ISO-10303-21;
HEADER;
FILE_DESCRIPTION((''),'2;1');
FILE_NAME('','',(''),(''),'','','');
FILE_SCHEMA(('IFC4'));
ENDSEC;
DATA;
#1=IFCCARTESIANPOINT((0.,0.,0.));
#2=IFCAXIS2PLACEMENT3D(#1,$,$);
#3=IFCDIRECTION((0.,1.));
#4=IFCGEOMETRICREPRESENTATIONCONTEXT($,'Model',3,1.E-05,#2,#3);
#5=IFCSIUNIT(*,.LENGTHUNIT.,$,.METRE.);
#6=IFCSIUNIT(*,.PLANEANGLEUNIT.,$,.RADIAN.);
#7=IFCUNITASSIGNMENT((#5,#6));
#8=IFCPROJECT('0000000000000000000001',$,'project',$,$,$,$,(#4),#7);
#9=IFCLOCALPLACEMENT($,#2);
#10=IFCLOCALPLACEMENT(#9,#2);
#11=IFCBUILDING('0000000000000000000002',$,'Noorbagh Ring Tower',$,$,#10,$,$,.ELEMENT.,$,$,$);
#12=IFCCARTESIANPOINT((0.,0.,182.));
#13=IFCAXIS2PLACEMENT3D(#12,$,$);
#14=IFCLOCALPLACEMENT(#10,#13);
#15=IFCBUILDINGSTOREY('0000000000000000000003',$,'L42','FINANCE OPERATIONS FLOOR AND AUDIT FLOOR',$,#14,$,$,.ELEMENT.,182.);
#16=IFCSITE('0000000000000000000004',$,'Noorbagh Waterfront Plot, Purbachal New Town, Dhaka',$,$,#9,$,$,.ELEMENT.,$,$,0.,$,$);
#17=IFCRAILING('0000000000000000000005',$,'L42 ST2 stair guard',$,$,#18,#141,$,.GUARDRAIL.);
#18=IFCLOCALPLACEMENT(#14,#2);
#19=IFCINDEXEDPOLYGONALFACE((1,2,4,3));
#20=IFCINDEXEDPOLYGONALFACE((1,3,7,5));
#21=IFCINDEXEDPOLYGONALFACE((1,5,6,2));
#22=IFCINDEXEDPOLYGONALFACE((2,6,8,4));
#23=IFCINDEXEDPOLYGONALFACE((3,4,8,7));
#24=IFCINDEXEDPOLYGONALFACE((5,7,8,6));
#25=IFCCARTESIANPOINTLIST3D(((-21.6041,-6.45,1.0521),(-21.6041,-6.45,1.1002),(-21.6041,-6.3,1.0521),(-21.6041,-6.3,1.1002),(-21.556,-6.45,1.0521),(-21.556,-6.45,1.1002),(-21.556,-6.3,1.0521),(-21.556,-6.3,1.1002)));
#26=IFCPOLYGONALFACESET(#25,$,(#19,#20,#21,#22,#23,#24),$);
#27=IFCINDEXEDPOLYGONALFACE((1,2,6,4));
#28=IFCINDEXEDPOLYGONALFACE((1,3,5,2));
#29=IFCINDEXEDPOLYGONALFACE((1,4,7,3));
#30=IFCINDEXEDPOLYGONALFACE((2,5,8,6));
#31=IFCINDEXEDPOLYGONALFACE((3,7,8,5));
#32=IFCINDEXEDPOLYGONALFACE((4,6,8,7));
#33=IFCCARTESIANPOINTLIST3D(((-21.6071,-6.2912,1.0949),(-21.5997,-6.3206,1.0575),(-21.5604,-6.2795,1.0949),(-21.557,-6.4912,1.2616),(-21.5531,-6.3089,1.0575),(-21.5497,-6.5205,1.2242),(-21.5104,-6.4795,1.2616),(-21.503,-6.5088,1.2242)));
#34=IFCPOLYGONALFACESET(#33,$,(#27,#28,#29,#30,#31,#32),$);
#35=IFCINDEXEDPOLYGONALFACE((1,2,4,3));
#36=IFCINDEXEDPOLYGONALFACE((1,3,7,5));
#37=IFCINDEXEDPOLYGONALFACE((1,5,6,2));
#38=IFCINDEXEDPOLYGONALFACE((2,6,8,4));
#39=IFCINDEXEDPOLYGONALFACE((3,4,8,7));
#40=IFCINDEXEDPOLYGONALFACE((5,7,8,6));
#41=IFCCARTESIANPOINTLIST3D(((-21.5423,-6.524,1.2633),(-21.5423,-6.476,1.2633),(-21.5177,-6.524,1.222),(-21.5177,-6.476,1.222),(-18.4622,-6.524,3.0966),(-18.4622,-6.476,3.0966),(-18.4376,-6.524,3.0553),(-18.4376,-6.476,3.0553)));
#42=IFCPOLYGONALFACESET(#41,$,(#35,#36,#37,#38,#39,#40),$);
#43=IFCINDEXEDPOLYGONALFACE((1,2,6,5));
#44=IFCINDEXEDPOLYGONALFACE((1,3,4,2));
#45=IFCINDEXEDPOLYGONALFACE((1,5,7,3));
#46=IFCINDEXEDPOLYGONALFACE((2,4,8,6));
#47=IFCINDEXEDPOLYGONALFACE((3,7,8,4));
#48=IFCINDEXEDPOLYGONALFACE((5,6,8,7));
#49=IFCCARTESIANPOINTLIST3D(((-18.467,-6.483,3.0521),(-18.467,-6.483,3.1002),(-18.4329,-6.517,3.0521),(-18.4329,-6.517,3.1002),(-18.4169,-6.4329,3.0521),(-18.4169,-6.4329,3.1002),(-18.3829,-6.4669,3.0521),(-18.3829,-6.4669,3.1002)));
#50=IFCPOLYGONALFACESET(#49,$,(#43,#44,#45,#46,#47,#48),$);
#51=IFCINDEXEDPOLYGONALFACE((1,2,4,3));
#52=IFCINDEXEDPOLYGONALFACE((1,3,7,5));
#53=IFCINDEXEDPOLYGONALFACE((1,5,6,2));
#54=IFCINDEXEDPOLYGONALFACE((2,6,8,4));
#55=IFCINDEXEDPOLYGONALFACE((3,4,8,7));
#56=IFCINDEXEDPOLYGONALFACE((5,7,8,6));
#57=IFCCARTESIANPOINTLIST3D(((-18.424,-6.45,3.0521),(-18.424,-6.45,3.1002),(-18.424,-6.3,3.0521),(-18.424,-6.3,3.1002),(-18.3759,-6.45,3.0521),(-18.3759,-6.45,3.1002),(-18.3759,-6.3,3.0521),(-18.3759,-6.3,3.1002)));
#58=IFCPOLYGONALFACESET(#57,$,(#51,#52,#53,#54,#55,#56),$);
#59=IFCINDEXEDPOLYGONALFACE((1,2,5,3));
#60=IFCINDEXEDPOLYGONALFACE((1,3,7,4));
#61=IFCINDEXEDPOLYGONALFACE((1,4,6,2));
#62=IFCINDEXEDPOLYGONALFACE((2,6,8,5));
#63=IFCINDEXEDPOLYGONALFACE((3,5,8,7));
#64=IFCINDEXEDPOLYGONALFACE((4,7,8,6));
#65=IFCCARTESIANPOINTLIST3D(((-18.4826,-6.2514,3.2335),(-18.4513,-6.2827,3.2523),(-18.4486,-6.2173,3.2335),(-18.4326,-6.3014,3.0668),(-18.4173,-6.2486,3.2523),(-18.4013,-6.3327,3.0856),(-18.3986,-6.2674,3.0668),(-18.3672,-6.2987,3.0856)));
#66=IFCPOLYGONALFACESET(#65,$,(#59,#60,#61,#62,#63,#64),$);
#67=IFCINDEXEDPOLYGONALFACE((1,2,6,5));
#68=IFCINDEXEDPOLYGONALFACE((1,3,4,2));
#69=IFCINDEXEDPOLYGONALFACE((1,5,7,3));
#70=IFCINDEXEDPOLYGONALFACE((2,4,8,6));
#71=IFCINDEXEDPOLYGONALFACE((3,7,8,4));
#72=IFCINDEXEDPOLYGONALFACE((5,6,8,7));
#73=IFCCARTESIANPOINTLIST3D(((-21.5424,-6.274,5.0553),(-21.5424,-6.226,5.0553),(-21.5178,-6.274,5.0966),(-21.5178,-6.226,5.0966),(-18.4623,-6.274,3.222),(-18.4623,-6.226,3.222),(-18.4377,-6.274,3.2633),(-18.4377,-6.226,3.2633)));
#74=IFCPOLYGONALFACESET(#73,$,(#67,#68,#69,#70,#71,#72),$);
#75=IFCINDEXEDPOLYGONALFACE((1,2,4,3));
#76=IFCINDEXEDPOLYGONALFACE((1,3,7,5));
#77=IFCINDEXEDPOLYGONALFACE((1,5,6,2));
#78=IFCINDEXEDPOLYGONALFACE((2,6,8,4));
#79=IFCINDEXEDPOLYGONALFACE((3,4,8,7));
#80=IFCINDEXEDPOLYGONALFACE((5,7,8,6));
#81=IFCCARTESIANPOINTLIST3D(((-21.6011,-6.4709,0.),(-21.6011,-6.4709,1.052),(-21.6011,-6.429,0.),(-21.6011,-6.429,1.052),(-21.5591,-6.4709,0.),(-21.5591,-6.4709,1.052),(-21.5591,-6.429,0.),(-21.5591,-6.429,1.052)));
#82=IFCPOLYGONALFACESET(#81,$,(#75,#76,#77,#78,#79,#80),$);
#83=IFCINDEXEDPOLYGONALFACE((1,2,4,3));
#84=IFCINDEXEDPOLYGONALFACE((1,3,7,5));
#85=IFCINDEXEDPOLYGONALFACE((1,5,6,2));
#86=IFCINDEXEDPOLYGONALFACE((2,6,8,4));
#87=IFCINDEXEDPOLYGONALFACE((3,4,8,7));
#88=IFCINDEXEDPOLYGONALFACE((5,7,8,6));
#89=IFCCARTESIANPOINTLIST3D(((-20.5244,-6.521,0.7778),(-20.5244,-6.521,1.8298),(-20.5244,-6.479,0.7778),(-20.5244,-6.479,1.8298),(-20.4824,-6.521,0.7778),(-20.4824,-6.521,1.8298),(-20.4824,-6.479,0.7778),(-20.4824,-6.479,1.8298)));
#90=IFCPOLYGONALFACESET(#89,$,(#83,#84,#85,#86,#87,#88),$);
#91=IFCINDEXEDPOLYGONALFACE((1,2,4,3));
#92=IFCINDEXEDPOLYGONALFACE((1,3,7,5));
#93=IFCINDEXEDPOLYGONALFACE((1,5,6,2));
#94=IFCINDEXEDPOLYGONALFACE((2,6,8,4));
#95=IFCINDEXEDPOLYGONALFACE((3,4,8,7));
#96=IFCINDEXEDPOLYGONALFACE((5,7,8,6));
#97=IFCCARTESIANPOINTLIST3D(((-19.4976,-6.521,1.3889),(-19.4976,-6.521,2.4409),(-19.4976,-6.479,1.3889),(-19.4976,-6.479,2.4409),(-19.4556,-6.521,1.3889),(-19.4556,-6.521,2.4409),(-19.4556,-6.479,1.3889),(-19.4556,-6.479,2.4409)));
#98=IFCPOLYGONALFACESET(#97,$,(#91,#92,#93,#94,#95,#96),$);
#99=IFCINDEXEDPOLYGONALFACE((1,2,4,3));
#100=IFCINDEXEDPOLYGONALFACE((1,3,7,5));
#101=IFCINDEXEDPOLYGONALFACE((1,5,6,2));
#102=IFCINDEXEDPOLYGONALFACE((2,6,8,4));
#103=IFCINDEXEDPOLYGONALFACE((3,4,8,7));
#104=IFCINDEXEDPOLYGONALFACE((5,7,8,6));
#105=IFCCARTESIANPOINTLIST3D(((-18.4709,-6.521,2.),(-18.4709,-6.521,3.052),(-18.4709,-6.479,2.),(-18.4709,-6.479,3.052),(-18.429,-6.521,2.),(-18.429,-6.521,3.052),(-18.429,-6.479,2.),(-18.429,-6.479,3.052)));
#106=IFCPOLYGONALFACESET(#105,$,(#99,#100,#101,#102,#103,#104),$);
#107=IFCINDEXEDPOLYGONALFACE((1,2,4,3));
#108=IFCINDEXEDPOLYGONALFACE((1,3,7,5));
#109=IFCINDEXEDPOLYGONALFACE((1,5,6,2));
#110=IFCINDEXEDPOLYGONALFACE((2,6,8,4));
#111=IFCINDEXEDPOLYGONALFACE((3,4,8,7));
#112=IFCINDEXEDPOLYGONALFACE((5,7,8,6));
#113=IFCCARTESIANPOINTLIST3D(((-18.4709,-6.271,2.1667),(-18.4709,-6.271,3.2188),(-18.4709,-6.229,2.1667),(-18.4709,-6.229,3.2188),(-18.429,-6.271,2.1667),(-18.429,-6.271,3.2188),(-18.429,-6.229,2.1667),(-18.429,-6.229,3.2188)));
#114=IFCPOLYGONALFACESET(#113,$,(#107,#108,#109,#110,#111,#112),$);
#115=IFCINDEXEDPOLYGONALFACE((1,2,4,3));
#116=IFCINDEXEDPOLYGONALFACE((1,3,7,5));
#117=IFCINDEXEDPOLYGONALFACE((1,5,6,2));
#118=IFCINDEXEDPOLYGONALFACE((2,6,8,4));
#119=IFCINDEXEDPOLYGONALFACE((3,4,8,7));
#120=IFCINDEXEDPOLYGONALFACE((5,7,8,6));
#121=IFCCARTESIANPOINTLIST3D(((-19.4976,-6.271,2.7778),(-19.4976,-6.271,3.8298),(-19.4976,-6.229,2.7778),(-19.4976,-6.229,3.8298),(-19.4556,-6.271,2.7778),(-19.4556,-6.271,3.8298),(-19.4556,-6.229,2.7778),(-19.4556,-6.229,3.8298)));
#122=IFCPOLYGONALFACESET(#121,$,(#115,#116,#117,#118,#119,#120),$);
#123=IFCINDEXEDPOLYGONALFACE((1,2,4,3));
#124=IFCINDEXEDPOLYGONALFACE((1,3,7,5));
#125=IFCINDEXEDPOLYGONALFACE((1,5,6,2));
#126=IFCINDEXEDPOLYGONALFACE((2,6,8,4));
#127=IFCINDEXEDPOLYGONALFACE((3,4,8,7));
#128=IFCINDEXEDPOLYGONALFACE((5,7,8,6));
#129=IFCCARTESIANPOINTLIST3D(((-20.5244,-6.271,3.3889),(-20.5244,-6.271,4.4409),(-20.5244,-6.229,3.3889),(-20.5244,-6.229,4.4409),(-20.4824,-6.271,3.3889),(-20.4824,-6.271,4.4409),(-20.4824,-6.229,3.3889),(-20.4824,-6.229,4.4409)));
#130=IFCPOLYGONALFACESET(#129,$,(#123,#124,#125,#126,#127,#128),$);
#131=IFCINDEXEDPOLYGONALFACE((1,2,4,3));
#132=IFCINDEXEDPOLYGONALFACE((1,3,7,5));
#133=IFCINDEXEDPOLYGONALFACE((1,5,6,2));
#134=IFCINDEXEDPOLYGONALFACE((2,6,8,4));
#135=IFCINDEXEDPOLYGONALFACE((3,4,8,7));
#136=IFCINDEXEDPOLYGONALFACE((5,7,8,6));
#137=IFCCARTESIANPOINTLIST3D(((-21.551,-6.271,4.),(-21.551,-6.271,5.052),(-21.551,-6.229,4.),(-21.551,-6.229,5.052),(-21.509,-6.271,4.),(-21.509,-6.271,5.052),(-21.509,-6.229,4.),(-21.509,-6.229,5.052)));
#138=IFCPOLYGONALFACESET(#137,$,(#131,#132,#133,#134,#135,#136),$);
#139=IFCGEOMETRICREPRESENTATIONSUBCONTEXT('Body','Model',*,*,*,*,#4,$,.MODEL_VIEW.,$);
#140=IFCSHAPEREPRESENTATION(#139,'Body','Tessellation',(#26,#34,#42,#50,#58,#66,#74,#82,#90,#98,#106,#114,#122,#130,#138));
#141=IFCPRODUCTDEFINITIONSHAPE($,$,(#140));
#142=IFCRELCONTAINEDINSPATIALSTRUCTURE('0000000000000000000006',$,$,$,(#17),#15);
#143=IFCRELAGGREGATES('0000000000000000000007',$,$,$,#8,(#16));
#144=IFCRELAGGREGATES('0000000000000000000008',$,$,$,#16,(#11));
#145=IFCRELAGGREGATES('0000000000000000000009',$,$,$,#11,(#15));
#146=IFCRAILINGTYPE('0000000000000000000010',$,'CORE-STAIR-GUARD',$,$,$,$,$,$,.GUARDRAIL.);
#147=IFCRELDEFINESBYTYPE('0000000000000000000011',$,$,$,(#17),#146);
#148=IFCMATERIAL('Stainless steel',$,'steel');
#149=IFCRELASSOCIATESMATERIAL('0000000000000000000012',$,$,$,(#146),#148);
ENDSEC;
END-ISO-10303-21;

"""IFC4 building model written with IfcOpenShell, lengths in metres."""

from ifc_helpers import new_model, si_unit, direction, frame, origin, origin_2d, place, context, subcontext, project, spatial, rectangle, extrude, material, type_object, element, save


model = new_model("IFC4")

# Units and contexts
model_context = context("Model", 3, precision=1e-05, world=origin(), true_north=direction((0.0, 1.0)))
body_context = subcontext(model_context, "Body", "Model", "MODEL_VIEW")
ifc_project = project(units=[si_unit("LENGTHUNIT", "METRE"), si_unit("PLANEANGLEUNIT", "RADIAN")], contexts=[model_context])

# Site, building, storey
site_placement = place(None, origin())
site = spatial("IfcSite", under=ifc_project, at=site_placement, Name="Noorbagh Waterfront Plot, Purbachal New Town, Dhaka", CompositionType="ELEMENT", RefElevation=0.0)
building_placement = place(site_placement, origin())
building = spatial("IfcBuilding", under=site, at=building_placement, Name="Noorbagh Ring Tower", CompositionType="ELEMENT")
storey_placement = place(building_placement, frame((0.0, 0.0, 182.0)))
storey = spatial("IfcBuildingStorey", under=building, at=storey_placement, Name="L42", Description="FINANCE OPERATIONS FLOOR AND AUDIT FLOOR", CompositionType="ELEMENT", Elevation=182.0)

# Railing
ifc_material_1 = material(Name="Stainless steel", Category="steel")
railing_type_1 = type_object("IfcRailingType", Name="CORE-STAIR-GUARD", PredefinedType="GUARDRAIL", material=ifc_material_1)
railing_1_placement = place(storey_placement, frame((-21.5801, -6.45, 0.0)))
element("IfcRailing", 1, at=railing_1_placement, inside=storey, type_object=railing_type_1, Name="L42 ST2 stair guard", PredefinedType="GUARDRAIL", context=body_context, shape_type="SweptSolid", body=[
    extrude(rectangle(XDim=0.0481, YDim=0.0481, at=origin_2d()), frame((0.0, 0.0, 1.0762), z_axis=(0.0, 1.0, 0.0), x_axis=(-1.0, 0.0, 0.0)), (0.0, 0.0, 1.0), 0.1499),
    extrude(rectangle(XDim=0.0481, YDim=0.0481, at=origin_2d()), frame((0.0, 0.1499, 1.0762), z_axis=(0.188776, -0.754182, 0.628946), x_axis=(0.970073, 0.242814, 0.0)), (0.0, 0.0, 1.0), 0.2651),
    extrude(rectangle(XDim=0.0481, YDim=0.0481, at=origin_2d()), frame((0.05, -0.05, 1.2427), z_axis=(0.859309, 0.0, 0.511458), x_axis=(0.0, 1.0, 0.0)), (0.0, 0.0, 1.0), 3.5845),
    extrude(rectangle(XDim=0.0481, YDim=0.0481, at=origin_2d()), frame((3.1301, -0.05, 3.0762), z_axis=(0.707107, 0.707107, 0.0), x_axis=(-0.707107, 0.707107, 0.0)), (0.0, 0.0, 1.0), 0.0708),
    extrude(rectangle(XDim=0.0481, YDim=0.0481, at=origin_2d()), frame((3.1802, 0.0, 3.0762), z_axis=(0.0, 1.0, 0.0), x_axis=(-1.0, 0.0, 0.0)), (0.0, 0.0, 1.0), 0.1499),
    extrude(rectangle(XDim=0.0481, YDim=0.0481, at=origin_2d()), frame((3.1802, 0.1499, 3.0762), z_axis=(-0.276287, 0.276287, 0.920506), x_axis=(-0.707107, -0.707107, 0.0)), (0.0, 0.0, 1.0), 0.1812),
    extrude(rectangle(XDim=0.0481, YDim=0.0481, at=origin_2d()), frame((3.1301, 0.2, 3.2427), z_axis=(-0.859309, 0.0, 0.511458), x_axis=(0.0, -1.0, 0.0)), (0.0, 0.0, 1.0), 3.5845),
    extrude(rectangle(XDim=0.042, YDim=0.042, at=origin_2d()), origin(), (0.0, 0.0, 1.0), 1.052),
    extrude(rectangle(XDim=0.042, YDim=0.042, at=origin_2d()), frame((1.0767, -0.05, 0.7778)), (0.0, 0.0, 1.0), 1.052),
    extrude(rectangle(XDim=0.042, YDim=0.042, at=origin_2d()), frame((2.1035, -0.05, 1.3889)), (0.0, 0.0, 1.0), 1.052),
    extrude(rectangle(XDim=0.042, YDim=0.042, at=origin_2d()), frame((3.1301, -0.05, 2.0)), (0.0, 0.0, 1.0), 1.052),
    extrude(rectangle(XDim=0.042, YDim=0.042, at=origin_2d()), frame((3.1301, 0.2, 2.1667)), (0.0, 0.0, 1.0), 1.052),
    extrude(rectangle(XDim=0.042, YDim=0.042, at=origin_2d()), frame((2.1035, 0.2, 2.7778)), (0.0, 0.0, 1.0), 1.052),
    extrude(rectangle(XDim=0.042, YDim=0.042, at=origin_2d()), frame((1.0767, 0.2, 3.3889)), (0.0, 0.0, 1.0), 1.052),
    extrude(rectangle(XDim=0.042, YDim=0.042, at=origin_2d()), frame((0.05, 0.2, 4.0)), (0.0, 0.0, 1.0), 1.052),
])

save(model, "model.ifc")
